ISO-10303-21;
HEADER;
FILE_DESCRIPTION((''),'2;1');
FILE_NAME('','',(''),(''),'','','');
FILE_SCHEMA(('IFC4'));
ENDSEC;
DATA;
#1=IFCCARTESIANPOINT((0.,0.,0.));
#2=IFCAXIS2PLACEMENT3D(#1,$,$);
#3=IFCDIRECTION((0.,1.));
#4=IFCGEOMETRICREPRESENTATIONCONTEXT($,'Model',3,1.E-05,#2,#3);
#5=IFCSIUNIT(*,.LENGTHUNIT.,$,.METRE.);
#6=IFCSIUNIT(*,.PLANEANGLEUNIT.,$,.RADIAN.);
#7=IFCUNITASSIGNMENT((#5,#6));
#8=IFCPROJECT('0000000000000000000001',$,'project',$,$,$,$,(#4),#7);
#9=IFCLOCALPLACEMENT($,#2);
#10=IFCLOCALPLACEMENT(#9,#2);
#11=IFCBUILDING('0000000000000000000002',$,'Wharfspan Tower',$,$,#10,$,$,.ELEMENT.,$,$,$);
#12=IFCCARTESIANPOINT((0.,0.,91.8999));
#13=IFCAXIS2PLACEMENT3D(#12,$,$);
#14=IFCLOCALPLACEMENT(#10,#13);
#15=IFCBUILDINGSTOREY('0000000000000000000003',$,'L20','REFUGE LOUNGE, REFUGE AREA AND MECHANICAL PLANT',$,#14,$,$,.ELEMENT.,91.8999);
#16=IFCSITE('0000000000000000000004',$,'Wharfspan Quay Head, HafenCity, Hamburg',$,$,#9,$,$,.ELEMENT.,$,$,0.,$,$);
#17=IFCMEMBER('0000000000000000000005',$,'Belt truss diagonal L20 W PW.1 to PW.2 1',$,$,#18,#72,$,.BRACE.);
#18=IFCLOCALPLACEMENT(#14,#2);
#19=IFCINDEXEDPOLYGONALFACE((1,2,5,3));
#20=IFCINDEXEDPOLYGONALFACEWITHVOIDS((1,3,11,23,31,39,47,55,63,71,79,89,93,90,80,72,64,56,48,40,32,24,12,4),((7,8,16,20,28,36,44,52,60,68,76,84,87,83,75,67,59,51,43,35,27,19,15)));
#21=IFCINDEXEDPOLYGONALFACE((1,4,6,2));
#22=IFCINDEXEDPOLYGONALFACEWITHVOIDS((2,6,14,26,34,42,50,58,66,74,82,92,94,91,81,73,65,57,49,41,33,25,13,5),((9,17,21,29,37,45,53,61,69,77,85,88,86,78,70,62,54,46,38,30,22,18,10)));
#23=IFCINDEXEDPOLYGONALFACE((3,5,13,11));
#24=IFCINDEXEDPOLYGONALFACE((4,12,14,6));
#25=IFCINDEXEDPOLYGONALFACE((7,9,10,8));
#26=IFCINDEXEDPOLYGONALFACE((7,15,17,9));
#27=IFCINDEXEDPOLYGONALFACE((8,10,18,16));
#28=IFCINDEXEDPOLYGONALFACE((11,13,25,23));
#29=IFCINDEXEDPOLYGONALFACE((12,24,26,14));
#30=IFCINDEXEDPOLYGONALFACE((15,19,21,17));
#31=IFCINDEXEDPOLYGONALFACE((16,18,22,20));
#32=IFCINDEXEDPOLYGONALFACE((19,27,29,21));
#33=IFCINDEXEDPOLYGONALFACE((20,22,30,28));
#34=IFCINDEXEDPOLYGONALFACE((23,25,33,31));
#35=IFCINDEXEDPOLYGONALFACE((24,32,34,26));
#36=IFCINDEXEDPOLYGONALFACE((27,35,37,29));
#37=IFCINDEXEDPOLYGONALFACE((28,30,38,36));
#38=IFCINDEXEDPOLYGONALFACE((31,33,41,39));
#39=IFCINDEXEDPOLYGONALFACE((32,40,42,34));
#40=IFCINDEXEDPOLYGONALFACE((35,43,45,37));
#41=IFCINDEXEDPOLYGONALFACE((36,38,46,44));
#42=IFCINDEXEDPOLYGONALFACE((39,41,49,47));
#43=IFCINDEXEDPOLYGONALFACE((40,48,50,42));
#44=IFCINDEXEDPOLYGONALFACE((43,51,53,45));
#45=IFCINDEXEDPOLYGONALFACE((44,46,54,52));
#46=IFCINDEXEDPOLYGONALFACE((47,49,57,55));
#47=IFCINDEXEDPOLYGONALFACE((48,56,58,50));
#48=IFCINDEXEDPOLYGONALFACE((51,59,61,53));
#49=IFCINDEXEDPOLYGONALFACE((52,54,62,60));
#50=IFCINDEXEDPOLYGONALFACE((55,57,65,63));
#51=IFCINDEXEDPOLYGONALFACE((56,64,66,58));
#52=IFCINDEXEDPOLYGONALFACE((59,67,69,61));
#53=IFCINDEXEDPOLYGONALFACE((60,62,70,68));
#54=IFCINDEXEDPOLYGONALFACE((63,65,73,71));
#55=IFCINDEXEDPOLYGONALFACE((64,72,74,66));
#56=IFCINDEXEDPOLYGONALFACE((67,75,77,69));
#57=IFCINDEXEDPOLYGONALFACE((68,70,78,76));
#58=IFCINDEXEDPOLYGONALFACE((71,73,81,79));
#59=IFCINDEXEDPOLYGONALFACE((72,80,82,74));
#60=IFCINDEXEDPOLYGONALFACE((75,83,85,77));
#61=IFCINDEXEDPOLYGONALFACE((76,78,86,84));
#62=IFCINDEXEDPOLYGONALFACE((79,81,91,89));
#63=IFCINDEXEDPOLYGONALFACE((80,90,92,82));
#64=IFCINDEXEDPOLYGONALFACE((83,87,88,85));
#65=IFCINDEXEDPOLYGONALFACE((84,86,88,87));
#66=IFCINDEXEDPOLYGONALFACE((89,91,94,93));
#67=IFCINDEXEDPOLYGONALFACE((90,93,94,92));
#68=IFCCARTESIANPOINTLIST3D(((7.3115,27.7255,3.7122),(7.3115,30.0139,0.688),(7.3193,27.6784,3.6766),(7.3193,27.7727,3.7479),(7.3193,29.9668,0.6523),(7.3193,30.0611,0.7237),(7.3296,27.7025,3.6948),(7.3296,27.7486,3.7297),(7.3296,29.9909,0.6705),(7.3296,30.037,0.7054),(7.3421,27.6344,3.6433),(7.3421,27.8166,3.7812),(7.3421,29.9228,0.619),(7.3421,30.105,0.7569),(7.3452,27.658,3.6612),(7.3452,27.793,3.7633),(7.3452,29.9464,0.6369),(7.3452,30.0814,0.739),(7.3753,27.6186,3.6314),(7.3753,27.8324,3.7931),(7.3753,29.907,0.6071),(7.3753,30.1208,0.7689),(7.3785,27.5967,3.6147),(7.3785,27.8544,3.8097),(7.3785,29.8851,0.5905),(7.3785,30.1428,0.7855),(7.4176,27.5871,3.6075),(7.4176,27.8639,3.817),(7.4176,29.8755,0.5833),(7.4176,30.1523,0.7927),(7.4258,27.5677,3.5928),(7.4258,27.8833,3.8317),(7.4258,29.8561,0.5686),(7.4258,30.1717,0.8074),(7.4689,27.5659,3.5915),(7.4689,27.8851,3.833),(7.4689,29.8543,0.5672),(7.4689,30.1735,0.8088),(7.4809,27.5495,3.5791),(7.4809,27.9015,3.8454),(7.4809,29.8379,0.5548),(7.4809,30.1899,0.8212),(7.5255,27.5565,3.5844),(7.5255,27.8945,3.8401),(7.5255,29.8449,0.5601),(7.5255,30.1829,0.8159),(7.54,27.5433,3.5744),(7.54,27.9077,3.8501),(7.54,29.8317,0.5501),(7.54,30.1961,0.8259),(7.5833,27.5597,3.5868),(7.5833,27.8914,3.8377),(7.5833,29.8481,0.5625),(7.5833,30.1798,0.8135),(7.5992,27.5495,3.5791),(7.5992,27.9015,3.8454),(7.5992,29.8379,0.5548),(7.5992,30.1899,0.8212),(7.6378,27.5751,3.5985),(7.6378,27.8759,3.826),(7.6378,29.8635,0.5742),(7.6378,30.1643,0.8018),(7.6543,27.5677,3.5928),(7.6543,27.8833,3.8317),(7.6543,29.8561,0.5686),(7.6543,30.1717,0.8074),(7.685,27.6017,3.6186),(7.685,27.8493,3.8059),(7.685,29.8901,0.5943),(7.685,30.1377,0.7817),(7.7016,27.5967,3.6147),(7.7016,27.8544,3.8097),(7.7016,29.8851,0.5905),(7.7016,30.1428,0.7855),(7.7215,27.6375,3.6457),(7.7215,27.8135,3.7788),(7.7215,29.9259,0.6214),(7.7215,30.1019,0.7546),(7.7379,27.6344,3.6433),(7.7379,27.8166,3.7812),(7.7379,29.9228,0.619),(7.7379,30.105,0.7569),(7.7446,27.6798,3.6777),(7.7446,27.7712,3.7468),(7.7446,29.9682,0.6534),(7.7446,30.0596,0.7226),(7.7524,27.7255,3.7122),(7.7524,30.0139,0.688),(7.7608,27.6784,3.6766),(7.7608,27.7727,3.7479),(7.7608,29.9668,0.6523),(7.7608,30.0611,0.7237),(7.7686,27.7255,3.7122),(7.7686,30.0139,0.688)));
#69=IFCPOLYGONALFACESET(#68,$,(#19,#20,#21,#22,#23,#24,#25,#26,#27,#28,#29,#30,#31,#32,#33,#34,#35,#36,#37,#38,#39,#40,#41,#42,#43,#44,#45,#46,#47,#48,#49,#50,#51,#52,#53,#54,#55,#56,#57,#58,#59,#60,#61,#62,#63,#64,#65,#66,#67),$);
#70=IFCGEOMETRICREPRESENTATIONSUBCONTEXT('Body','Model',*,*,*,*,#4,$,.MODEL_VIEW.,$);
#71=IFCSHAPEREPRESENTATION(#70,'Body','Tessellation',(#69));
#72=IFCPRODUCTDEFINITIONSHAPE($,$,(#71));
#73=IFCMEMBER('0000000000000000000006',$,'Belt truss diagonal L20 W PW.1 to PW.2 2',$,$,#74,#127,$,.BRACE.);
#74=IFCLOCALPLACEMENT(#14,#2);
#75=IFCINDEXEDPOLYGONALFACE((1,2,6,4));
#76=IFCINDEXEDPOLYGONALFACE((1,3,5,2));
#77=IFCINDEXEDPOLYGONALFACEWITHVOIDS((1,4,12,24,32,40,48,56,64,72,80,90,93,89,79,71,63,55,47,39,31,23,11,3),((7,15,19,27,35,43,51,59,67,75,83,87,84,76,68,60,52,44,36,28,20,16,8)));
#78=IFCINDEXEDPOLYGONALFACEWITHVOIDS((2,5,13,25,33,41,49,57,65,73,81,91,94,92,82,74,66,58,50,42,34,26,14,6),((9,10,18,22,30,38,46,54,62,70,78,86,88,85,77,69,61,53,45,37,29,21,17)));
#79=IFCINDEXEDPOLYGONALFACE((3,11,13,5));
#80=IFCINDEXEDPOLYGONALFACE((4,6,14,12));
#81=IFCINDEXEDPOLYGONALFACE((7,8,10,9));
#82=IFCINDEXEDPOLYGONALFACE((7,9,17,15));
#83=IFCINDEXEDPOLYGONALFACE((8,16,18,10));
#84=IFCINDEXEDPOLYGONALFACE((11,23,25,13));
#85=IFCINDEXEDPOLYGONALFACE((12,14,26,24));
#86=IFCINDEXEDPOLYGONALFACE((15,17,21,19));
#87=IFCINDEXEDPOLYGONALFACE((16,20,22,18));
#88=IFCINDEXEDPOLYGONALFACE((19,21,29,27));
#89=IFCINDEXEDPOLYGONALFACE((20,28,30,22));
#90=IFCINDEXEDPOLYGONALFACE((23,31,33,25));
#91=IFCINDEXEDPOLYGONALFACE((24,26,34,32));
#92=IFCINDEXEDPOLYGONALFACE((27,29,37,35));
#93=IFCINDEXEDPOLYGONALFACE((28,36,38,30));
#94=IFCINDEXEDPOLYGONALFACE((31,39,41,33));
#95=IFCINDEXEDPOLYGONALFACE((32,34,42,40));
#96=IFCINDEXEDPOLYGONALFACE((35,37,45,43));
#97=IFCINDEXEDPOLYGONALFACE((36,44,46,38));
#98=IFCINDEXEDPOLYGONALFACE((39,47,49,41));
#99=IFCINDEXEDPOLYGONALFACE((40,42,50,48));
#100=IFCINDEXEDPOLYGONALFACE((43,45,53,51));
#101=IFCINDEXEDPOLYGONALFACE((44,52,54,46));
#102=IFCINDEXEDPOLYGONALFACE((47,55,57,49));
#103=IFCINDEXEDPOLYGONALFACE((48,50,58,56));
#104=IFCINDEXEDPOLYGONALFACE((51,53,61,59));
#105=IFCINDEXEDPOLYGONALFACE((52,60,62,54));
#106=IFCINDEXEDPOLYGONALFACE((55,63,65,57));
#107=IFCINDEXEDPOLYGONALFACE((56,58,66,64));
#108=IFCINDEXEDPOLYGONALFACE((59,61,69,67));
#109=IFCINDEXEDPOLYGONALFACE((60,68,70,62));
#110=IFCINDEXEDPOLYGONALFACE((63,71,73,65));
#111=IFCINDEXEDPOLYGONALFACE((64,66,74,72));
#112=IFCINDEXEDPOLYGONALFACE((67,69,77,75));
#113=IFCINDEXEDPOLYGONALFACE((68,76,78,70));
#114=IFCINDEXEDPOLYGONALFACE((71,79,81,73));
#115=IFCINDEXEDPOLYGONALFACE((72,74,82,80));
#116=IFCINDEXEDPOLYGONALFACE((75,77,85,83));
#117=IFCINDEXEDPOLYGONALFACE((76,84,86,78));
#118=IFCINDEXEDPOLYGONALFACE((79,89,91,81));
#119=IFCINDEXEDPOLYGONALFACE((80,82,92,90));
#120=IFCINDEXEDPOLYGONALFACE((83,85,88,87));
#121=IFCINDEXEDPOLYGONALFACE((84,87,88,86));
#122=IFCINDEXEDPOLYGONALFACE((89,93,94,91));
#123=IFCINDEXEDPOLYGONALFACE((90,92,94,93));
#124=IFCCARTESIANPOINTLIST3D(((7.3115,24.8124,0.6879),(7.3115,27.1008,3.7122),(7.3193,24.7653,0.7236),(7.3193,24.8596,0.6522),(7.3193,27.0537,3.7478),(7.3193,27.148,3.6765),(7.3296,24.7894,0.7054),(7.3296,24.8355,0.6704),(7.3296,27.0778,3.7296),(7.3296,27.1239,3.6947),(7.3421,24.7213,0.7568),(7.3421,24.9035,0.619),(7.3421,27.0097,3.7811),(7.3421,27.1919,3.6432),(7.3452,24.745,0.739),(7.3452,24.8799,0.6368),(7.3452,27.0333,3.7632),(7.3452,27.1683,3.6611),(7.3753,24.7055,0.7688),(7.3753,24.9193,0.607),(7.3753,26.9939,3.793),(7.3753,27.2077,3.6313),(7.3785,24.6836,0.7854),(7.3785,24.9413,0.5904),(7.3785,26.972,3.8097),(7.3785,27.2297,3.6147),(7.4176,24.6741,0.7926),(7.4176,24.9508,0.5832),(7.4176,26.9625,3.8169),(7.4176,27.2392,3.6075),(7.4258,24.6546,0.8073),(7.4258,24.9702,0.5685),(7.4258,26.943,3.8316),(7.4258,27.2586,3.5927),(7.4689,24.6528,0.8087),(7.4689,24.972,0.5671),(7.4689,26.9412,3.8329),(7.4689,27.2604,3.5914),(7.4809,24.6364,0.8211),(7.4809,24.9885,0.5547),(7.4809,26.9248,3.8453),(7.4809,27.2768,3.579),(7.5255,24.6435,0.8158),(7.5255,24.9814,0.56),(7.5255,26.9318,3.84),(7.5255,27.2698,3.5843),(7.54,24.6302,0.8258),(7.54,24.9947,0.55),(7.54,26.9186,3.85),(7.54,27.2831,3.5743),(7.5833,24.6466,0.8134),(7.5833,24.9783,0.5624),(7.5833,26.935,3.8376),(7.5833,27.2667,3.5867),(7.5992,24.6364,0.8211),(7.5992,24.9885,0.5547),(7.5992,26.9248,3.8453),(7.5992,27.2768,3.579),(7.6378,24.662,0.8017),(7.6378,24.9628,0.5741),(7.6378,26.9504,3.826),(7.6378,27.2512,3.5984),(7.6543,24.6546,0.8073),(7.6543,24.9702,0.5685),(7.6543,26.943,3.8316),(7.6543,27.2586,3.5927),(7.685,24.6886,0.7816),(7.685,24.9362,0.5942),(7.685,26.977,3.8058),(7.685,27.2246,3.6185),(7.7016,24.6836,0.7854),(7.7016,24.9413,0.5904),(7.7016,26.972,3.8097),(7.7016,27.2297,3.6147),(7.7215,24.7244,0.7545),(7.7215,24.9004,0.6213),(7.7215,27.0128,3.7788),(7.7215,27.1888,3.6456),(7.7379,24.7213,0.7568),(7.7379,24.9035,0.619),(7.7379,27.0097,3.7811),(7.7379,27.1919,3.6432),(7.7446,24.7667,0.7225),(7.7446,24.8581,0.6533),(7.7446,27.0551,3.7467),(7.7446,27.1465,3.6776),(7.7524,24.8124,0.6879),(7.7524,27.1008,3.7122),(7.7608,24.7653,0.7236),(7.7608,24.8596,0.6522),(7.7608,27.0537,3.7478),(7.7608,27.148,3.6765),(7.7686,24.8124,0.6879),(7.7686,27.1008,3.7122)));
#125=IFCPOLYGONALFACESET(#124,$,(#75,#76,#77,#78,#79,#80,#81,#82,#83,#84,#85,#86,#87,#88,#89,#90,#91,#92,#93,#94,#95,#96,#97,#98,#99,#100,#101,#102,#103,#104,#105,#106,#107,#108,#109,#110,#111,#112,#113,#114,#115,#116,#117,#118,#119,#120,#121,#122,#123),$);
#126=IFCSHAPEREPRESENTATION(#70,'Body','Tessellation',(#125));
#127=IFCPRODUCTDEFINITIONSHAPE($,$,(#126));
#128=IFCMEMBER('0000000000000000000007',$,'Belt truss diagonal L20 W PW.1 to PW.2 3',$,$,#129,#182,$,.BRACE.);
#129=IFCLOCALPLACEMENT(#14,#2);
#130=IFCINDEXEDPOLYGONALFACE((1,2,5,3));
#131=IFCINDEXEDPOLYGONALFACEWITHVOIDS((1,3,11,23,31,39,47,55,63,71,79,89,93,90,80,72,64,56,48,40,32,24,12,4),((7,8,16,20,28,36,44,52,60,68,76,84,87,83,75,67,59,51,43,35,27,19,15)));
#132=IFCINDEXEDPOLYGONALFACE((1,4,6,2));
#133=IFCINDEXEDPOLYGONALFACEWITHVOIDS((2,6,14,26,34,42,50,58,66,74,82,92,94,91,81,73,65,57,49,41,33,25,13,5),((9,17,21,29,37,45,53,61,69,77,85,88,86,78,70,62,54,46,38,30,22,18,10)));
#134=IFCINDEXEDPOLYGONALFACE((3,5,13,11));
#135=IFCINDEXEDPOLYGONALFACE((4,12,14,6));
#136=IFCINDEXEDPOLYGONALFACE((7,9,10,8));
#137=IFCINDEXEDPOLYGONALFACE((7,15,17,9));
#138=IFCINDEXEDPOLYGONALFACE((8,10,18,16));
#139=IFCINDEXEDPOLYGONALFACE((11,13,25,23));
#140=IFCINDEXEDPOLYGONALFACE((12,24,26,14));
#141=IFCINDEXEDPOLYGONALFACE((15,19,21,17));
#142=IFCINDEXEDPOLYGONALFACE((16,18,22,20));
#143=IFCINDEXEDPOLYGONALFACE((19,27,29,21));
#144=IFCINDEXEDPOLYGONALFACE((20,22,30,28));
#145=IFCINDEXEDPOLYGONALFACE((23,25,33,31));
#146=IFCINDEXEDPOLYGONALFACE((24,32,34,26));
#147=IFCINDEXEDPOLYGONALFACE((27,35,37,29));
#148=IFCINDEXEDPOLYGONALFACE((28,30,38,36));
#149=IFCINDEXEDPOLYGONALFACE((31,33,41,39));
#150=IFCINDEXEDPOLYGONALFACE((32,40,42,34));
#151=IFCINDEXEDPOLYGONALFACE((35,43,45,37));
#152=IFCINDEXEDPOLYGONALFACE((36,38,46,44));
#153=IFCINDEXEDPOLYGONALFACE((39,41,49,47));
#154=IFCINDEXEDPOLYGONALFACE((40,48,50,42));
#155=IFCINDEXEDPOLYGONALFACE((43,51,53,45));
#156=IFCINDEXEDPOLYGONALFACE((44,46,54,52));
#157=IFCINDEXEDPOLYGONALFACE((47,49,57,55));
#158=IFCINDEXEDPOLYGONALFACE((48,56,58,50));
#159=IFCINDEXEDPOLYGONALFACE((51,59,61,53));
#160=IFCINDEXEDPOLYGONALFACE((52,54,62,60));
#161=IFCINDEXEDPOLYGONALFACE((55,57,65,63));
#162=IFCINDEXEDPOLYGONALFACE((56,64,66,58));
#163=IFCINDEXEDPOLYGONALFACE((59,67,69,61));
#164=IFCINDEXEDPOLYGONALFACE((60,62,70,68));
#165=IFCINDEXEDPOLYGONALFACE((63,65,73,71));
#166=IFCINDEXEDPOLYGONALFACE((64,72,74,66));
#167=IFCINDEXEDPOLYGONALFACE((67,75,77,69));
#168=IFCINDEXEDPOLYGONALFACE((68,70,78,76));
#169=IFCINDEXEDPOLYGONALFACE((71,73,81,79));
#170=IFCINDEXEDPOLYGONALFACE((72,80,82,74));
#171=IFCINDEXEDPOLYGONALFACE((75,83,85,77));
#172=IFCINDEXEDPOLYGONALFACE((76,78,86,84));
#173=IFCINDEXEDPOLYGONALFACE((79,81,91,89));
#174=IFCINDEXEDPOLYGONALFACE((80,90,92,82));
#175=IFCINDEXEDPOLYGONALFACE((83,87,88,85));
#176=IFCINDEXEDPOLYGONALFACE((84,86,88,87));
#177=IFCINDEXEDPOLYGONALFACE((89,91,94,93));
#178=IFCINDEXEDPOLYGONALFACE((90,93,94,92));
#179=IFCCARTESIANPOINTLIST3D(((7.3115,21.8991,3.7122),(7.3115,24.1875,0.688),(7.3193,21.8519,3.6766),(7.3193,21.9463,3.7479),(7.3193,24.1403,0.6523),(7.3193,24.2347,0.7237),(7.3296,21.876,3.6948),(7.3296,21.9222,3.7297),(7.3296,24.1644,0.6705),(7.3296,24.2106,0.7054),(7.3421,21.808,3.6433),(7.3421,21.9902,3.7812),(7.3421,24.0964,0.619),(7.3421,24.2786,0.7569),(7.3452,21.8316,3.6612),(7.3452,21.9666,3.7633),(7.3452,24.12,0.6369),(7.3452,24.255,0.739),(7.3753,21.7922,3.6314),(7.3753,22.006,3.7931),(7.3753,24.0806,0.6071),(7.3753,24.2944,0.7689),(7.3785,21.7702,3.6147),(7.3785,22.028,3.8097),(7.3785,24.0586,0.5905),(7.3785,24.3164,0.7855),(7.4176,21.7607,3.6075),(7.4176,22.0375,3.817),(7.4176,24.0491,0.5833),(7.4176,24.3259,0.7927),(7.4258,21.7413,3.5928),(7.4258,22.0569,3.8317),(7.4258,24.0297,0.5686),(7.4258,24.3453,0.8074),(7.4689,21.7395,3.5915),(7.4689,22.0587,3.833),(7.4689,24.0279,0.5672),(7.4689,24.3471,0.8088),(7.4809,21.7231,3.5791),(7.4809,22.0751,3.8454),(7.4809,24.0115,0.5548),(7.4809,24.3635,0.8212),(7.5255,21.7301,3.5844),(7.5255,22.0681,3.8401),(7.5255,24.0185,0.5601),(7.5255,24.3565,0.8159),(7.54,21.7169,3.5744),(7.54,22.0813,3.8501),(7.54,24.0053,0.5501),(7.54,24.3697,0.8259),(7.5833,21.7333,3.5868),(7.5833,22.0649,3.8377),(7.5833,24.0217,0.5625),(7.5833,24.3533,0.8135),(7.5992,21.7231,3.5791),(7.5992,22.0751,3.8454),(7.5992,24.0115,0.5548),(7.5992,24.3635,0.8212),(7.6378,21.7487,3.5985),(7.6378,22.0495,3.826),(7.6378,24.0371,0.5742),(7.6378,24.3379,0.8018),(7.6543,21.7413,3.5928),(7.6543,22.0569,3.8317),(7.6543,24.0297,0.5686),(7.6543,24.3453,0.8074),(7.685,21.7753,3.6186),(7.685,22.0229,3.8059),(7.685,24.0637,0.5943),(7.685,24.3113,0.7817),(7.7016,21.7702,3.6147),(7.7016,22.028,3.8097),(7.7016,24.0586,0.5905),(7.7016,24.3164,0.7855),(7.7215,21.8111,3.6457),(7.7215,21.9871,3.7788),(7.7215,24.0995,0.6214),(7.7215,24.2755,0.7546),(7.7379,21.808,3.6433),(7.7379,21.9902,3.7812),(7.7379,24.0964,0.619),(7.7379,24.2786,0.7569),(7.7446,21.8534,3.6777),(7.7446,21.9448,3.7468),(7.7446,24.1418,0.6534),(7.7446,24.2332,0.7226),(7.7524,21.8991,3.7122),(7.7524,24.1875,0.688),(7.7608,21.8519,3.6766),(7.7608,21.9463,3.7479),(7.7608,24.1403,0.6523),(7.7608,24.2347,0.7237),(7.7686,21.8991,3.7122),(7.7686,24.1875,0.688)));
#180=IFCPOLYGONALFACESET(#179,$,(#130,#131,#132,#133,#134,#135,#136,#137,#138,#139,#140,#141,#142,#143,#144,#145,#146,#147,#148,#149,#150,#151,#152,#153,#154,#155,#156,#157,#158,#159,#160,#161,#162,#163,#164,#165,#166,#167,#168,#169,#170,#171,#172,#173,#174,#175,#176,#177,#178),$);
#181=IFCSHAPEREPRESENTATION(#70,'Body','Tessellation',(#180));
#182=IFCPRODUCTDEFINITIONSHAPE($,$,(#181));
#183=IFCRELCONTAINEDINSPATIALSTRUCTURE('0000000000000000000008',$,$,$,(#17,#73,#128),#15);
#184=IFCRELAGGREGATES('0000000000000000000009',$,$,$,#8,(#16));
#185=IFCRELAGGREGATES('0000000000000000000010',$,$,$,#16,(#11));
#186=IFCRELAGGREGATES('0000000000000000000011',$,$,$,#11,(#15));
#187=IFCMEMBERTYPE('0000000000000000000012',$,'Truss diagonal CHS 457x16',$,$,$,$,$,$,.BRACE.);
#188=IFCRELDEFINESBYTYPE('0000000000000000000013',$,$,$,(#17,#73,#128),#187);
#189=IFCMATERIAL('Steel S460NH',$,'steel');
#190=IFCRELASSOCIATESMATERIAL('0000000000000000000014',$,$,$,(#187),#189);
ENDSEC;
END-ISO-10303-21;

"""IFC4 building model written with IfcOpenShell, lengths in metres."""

from ifc_helpers import new_model, si_unit, direction, frame, origin, origin_2d, place, context, subcontext, project, spatial, hollow_circle, extrude, material, material_profile, profile_set, type_object, element, save


model = new_model("IFC4")

# Units and contexts
model_context = context("Model", 3, precision=1e-05, world=origin(), true_north=direction((0.0, 1.0)))
body_context = subcontext(model_context, "Body", "Model", "MODEL_VIEW")
ifc_project = project(units=[si_unit("LENGTHUNIT", "METRE"), si_unit("PLANEANGLEUNIT", "RADIAN")], contexts=[model_context])

# Site, building, storey
site_placement = place(None, origin())
site = spatial("IfcSite", under=ifc_project, at=site_placement, Name="Wharfspan Quay Head, HafenCity, Hamburg", CompositionType="ELEMENT", RefElevation=0.0)
building_placement = place(site_placement, origin())
building = spatial("IfcBuilding", under=site, at=building_placement, Name="Wharfspan Tower", CompositionType="ELEMENT")
storey_placement = place(building_placement, frame((0.0, 0.0, 91.8999)))
storey = spatial("IfcBuildingStorey", under=building, at=storey_placement, Name="L20", Description="REFUGE LOUNGE, REFUGE AREA AND MECHANICAL PLANT", CompositionType="ELEMENT", Elevation=91.8999)

# Members
ifc_material_1 = material(Name="Steel S460NH", Category="steel")
ifc_material_profile_1 = material_profile(ifc_material_1, hollow_circle(Radius=0.2285, WallThickness=0.0161, at=origin_2d()))
ifc_profile_set_1 = profile_set([ifc_material_profile_1], Name="Steel S460NH")
member_type_1 = type_object("IfcMemberType", Name="Truss diagonal CHS 457x16", PredefinedType="BRACE", material=ifc_profile_set_1)
for number, where, z_axis, x_axis, name in (
    (1, (7.54, 30.0139, 0.688), (0.0, -0.603404, 0.797436), (1.0, 0.0, 0.0), "Belt truss diagonal L20 W PW.1 to PW.2 1"),
    (2, (7.54, 27.1008, 3.7122), (0.0, -0.603404, -0.797436), (1.0, 0.0, 0.0), "Belt truss diagonal L20 W PW.1 to PW.2 2"),
    (3, (7.54, 24.1875, 0.688), (0.0, -0.603404, 0.797436), (1.0, 0.0, 0.0), "Belt truss diagonal L20 W PW.1 to PW.2 3"),
):
    element("IfcMember", number, at=place(storey_placement, frame(where, z_axis=z_axis, x_axis=x_axis)), inside=storey, type_object=member_type_1, Name=name, PredefinedType="BRACE", context=body_context, shape_type="SweptSolid", body=[
        extrude(hollow_circle(Radius=0.2285, WallThickness=0.0161, at=origin_2d()), origin(), (0.0, 0.0, 1.0), 3.7925),
    ])

save(model, "model.ifc")
